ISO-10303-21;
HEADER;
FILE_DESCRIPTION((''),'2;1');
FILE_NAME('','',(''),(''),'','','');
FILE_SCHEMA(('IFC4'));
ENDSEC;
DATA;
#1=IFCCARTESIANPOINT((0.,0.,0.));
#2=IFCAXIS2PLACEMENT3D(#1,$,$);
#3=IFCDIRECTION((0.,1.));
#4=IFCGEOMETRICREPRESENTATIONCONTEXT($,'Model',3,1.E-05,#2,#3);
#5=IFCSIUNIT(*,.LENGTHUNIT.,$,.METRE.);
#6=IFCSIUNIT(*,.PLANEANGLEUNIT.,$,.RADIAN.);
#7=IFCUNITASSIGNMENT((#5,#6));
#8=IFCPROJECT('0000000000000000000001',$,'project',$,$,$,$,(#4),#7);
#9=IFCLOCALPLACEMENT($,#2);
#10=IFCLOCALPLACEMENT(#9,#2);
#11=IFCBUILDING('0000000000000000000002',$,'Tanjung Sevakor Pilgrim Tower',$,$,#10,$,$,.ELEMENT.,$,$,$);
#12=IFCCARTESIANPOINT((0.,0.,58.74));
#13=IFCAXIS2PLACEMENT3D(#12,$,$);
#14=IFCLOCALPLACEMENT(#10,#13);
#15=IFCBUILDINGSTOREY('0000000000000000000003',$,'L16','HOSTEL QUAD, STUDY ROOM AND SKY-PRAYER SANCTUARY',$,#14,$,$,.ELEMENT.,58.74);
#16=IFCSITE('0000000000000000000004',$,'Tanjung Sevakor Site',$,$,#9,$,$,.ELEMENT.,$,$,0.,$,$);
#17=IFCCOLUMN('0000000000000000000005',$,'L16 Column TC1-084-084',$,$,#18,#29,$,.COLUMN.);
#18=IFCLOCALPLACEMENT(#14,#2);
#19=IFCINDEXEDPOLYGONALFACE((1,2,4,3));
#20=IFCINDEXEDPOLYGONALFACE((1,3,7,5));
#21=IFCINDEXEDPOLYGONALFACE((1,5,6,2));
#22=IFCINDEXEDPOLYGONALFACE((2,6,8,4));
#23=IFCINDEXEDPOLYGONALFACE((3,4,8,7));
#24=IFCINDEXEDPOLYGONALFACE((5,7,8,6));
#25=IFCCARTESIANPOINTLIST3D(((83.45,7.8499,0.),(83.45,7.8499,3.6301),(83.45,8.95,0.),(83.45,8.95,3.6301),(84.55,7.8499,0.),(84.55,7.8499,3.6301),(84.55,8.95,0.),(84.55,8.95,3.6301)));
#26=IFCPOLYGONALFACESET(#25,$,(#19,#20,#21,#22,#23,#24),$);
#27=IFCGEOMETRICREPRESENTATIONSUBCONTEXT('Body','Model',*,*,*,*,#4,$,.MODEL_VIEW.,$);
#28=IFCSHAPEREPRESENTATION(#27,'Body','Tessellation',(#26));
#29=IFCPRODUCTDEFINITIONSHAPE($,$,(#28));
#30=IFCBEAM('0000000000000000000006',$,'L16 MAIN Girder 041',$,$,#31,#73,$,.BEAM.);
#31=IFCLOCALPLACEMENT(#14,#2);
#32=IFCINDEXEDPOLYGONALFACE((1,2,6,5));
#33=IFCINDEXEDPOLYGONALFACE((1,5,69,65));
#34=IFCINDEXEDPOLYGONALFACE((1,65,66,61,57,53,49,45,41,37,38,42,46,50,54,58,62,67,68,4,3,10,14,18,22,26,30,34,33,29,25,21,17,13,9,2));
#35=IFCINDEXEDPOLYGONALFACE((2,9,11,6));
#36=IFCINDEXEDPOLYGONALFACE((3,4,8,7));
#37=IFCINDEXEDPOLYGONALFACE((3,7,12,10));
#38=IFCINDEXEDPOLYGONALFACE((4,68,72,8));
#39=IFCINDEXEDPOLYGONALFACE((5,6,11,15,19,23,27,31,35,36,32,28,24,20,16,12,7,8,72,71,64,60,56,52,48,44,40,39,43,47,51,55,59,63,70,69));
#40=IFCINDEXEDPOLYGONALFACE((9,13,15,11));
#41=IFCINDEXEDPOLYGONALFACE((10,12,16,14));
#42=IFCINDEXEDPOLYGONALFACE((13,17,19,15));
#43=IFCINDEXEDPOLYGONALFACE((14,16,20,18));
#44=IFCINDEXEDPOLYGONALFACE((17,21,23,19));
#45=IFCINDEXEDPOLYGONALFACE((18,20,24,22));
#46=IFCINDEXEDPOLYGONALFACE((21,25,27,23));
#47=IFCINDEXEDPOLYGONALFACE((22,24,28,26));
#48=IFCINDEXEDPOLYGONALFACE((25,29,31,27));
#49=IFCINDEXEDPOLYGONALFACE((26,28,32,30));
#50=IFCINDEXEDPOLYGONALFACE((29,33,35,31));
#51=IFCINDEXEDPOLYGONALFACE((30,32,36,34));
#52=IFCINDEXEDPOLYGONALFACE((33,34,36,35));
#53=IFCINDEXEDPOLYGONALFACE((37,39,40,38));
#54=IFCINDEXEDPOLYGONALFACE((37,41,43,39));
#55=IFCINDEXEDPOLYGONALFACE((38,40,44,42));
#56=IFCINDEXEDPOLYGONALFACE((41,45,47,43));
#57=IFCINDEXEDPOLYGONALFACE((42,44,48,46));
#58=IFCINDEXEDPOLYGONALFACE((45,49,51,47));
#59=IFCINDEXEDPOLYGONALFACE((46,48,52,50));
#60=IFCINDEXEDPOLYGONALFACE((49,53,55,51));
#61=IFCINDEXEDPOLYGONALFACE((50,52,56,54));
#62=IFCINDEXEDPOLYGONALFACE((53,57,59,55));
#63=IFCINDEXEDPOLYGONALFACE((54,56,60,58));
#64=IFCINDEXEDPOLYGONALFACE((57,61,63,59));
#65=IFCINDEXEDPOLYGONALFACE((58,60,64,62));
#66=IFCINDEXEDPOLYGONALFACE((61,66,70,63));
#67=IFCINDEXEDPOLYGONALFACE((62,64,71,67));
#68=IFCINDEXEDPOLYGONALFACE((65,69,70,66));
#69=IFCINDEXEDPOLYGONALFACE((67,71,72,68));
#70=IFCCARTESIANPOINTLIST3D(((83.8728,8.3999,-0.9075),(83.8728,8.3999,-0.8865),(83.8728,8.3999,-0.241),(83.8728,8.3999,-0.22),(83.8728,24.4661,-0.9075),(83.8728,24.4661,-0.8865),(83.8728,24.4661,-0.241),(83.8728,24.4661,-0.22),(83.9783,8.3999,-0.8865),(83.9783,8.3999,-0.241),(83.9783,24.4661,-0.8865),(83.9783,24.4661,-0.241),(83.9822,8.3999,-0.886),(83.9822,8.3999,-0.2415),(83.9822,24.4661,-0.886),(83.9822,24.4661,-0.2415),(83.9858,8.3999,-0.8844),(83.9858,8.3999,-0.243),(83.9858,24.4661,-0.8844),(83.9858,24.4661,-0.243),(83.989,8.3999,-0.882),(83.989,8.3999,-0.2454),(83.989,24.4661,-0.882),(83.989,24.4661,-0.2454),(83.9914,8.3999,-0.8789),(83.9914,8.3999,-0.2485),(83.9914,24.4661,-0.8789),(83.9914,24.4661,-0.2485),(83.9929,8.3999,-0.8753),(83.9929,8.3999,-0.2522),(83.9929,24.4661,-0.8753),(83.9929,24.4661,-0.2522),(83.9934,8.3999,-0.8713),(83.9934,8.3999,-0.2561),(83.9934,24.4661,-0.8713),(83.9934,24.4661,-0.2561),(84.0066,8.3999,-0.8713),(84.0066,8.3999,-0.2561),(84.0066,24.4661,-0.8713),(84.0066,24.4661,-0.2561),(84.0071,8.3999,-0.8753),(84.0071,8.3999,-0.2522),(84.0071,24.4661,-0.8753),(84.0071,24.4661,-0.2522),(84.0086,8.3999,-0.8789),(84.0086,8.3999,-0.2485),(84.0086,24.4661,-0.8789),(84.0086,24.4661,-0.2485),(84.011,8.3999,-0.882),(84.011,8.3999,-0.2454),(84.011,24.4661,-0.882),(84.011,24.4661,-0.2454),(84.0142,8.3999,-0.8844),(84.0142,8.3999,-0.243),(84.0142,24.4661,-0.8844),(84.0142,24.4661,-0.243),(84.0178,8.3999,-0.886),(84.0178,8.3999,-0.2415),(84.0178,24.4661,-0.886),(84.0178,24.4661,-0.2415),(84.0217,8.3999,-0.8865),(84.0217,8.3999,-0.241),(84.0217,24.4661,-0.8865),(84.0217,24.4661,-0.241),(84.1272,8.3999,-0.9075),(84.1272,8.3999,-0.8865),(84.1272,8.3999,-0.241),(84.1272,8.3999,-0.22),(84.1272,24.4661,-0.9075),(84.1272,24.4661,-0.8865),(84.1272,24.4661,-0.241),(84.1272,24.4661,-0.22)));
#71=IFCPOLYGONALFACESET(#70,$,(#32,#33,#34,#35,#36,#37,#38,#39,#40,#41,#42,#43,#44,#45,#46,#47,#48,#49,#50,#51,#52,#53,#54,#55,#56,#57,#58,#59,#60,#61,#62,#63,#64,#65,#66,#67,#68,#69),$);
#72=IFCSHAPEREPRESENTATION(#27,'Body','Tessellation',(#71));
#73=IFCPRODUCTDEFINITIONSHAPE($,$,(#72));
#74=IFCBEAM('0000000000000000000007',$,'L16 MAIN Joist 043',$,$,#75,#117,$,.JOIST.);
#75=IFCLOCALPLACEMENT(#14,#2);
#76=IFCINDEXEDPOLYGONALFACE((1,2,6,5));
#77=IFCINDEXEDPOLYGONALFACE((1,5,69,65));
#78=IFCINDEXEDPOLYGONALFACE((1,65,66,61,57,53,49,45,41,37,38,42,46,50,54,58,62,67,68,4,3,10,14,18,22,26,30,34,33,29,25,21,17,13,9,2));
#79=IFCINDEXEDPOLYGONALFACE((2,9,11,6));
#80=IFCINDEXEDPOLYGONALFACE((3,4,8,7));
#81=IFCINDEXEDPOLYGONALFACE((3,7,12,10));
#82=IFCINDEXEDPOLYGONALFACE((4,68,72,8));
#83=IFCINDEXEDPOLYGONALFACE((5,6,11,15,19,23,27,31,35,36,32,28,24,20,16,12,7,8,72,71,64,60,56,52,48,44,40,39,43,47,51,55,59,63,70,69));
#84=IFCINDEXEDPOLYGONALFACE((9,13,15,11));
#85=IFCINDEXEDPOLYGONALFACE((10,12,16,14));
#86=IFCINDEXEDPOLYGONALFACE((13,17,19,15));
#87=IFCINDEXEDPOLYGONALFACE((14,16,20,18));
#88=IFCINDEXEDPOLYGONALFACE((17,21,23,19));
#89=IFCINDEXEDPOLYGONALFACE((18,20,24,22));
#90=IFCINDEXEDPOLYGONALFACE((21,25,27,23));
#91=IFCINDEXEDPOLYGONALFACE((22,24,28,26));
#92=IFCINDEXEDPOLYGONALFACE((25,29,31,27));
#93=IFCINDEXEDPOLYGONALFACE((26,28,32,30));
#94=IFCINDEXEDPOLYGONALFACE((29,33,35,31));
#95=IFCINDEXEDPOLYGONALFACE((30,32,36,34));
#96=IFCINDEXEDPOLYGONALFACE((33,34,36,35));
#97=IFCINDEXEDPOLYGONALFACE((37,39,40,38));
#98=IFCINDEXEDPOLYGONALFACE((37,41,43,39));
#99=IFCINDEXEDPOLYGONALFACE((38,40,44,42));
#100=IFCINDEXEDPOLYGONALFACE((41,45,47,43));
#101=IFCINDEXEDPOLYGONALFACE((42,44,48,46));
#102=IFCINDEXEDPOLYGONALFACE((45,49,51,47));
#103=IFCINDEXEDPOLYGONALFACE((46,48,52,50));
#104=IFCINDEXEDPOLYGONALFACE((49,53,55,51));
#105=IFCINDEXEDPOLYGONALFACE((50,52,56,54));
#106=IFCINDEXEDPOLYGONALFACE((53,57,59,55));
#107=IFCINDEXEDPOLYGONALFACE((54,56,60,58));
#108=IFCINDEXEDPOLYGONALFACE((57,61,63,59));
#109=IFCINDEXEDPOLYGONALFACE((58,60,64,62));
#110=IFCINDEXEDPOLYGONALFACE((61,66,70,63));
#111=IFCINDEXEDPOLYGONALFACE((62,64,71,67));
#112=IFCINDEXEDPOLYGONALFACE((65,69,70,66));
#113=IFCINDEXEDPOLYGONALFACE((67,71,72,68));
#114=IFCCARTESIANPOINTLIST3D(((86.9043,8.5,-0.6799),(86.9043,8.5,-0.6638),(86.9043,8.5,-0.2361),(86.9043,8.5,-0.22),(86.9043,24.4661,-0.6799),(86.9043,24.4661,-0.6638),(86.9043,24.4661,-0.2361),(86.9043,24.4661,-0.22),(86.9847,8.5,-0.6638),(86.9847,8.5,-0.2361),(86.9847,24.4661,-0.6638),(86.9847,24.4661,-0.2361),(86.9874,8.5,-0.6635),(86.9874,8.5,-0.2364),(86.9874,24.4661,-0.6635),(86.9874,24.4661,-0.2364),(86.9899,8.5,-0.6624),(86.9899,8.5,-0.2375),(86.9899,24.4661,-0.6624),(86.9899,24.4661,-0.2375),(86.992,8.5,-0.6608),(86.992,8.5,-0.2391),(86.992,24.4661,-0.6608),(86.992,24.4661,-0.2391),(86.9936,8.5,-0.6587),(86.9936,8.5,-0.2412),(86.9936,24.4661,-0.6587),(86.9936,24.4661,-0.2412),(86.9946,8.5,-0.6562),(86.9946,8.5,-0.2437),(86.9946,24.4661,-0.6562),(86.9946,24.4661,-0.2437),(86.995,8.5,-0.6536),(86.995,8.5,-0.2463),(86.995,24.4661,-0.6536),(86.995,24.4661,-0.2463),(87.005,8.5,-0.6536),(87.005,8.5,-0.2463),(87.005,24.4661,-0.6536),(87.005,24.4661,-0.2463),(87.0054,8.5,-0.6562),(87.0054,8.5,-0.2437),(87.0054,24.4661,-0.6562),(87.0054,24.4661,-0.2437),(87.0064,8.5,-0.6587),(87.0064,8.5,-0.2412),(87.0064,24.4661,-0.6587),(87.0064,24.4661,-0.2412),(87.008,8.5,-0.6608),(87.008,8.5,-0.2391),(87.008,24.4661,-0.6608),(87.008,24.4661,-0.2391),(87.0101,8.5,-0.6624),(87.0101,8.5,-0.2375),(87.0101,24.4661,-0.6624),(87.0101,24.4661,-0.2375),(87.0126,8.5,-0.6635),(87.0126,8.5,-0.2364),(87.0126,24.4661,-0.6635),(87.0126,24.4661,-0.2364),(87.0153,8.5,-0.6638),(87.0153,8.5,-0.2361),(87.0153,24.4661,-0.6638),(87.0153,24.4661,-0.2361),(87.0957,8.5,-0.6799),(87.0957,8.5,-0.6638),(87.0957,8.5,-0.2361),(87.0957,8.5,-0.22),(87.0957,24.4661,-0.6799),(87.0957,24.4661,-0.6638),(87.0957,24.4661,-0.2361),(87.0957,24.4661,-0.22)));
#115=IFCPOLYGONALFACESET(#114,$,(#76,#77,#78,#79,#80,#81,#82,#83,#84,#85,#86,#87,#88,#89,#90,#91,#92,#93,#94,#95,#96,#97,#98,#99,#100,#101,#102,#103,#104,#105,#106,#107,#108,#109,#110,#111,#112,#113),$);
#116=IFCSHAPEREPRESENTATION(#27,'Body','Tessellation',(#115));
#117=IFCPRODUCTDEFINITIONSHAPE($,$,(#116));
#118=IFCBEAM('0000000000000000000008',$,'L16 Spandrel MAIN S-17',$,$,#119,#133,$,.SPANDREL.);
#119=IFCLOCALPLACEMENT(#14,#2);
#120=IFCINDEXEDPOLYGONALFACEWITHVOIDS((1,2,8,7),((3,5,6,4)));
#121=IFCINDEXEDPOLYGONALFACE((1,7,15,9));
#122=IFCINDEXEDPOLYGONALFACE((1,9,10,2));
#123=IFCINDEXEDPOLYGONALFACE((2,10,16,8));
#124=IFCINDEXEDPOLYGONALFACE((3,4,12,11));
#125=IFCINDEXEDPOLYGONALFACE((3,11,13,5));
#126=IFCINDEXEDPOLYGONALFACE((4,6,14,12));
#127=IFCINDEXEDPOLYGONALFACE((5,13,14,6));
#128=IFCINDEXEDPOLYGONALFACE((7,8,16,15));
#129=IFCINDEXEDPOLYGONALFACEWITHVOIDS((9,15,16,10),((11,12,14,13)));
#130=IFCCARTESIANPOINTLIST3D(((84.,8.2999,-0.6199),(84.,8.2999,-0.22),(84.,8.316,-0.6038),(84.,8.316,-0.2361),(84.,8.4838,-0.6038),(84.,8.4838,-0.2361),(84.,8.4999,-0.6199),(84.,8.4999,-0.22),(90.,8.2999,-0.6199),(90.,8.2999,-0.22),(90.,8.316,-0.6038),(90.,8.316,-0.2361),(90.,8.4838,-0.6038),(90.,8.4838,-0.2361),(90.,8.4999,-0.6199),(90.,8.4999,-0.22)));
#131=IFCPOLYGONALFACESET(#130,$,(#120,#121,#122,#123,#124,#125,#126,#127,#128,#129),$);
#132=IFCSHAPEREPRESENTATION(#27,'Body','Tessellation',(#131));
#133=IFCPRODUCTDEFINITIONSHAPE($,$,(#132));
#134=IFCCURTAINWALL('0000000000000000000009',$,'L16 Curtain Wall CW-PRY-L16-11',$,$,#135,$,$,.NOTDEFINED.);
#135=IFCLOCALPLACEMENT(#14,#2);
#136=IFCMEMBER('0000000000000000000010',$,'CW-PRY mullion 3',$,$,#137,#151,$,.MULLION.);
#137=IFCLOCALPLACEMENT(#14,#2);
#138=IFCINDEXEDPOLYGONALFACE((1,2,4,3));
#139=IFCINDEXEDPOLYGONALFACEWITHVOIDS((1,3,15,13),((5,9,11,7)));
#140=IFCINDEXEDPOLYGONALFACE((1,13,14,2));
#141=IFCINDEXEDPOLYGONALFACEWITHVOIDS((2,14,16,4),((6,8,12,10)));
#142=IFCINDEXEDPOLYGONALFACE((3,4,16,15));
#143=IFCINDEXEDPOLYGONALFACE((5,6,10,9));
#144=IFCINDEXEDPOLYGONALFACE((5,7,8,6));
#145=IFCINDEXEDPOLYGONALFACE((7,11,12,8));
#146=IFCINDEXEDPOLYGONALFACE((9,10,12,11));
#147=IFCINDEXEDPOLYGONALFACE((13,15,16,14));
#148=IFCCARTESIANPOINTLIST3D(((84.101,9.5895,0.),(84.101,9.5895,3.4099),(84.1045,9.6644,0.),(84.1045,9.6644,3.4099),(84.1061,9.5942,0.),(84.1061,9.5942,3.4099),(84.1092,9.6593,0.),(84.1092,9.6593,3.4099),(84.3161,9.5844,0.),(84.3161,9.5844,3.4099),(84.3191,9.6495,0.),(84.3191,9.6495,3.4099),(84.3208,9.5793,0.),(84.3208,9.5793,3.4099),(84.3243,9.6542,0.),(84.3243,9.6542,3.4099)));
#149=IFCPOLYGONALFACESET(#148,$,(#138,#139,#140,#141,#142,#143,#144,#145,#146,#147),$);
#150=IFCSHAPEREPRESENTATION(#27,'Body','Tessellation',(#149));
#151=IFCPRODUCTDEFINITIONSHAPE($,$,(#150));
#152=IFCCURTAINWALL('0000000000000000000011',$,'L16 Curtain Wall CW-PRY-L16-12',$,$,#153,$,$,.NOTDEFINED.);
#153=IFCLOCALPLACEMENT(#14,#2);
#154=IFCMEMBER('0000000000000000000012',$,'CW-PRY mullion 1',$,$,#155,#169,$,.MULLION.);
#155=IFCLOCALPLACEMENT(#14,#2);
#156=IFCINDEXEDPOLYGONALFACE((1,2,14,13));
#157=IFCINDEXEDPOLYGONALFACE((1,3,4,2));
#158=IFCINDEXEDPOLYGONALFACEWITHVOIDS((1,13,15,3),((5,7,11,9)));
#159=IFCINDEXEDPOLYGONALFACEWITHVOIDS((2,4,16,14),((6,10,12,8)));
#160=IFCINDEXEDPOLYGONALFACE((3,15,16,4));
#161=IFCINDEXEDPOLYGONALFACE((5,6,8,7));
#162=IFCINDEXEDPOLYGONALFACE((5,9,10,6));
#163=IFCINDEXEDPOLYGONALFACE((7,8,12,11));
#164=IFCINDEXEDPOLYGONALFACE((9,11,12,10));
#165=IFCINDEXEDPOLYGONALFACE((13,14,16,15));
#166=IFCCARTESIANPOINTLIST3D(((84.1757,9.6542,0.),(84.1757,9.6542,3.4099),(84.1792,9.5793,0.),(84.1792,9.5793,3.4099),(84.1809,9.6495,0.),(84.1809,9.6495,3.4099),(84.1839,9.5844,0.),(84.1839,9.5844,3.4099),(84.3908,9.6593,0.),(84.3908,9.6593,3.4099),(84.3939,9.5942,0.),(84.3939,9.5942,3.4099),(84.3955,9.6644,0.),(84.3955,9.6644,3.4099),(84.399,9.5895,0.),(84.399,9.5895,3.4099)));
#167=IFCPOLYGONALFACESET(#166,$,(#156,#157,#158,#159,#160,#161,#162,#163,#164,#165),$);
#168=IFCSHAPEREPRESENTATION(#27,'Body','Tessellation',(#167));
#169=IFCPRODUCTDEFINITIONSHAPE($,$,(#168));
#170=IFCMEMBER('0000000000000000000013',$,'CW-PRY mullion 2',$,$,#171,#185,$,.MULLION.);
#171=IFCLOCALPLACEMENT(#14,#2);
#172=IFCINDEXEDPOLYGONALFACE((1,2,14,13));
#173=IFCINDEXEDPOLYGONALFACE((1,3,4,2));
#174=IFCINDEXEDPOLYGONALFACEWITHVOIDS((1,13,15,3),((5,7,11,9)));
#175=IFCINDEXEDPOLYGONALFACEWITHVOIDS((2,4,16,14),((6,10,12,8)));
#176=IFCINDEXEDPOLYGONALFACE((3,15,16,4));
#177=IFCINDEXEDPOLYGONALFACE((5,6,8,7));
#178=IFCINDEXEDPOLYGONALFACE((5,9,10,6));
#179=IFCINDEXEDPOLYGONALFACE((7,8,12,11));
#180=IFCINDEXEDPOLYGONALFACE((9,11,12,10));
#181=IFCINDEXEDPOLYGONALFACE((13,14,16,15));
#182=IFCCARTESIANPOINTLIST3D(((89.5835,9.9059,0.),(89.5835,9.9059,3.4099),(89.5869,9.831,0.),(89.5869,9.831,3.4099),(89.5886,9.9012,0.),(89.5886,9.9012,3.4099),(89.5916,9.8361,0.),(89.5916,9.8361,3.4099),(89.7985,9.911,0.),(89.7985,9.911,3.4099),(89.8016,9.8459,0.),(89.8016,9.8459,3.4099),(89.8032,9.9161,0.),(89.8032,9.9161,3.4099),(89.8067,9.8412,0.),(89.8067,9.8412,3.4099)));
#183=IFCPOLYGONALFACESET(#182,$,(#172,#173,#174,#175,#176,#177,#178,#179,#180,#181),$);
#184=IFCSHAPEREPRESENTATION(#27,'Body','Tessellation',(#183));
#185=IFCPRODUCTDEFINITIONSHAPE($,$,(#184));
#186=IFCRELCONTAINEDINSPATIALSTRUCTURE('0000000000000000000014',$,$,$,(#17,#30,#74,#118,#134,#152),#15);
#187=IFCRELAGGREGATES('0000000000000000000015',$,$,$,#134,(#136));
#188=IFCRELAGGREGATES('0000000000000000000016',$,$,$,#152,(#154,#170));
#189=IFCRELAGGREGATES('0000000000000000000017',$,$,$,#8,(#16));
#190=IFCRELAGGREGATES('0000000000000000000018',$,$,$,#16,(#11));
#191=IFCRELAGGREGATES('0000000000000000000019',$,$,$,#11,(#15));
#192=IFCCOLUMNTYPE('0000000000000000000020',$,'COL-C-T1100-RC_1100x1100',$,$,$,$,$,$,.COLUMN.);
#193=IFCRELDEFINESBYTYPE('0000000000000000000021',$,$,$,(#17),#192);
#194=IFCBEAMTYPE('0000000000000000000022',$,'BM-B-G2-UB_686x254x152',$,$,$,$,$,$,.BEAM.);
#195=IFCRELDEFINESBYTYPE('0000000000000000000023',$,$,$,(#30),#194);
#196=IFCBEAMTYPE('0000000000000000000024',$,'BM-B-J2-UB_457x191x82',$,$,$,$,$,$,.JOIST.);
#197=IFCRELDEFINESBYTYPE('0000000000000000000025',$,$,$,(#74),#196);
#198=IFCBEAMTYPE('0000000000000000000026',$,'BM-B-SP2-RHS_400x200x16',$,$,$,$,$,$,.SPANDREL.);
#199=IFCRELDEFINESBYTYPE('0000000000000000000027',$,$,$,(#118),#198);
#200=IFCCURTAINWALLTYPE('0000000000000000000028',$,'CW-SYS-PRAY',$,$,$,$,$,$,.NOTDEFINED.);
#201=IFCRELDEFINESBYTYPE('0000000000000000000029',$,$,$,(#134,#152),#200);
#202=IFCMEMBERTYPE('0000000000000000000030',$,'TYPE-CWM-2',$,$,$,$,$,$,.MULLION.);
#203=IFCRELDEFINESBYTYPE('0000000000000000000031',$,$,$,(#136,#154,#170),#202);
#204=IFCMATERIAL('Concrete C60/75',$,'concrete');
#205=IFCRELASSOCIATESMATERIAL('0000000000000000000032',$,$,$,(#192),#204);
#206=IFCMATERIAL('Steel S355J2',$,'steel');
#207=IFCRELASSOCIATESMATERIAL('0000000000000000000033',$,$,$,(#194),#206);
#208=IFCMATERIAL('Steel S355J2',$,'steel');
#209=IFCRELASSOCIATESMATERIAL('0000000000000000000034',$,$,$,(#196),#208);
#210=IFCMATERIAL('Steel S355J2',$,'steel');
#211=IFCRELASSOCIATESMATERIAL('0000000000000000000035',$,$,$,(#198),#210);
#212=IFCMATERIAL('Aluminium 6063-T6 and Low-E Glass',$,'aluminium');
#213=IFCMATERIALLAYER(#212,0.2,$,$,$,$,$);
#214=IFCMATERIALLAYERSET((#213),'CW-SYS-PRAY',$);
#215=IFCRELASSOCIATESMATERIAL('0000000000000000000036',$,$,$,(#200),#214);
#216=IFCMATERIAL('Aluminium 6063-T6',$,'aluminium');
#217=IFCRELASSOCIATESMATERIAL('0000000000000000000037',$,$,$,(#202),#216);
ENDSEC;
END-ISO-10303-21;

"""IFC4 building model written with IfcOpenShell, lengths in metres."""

from ifc_helpers import new_model, si_unit, direction, frame, origin, origin_2d, place, context, subcontext, project, spatial, rectangle, hollow_rectangle, i_section, extrude, material, layer, layer_set, material_profile, profile_set, type_object, element, aggregate, save


model = new_model("IFC4")

# Units and contexts
model_context = context("Model", 3, precision=1e-05, world=origin(), true_north=direction((0.0, 1.0)))
body_context = subcontext(model_context, "Body", "Model", "MODEL_VIEW")
ifc_project = project(units=[si_unit("LENGTHUNIT", "METRE"), si_unit("PLANEANGLEUNIT", "RADIAN")], contexts=[model_context])

# Site, building, storey
site_placement = place(None, origin())
site = spatial("IfcSite", under=ifc_project, at=site_placement, Name="Tanjung Sevakor Site", CompositionType="ELEMENT", RefElevation=0.0)
building_placement = place(site_placement, origin())
building = spatial("IfcBuilding", under=site, at=building_placement, Name="Tanjung Sevakor Pilgrim Tower", CompositionType="ELEMENT")
storey_placement = place(building_placement, frame((0.0, 0.0, 58.74)))
storey = spatial("IfcBuildingStorey", under=building, at=storey_placement, Name="L16", Description="HOSTEL QUAD, STUDY ROOM AND SKY-PRAYER SANCTUARY", CompositionType="ELEMENT", Elevation=58.74)

# Column
ifc_material_1 = material(Name="Concrete C60/75", Category="concrete")
ifc_material_profile_1 = material_profile(ifc_material_1, rectangle(XDim=1.1001, YDim=1.1001, at=origin_2d()))
ifc_profile_set_1 = profile_set([ifc_material_profile_1], Name="Concrete C60/75")
column_type = type_object("IfcColumnType", Name="COL-C-T1100-RC_1100x1100", PredefinedType="COLUMN", material=ifc_profile_set_1)
column_placement = place(storey_placement, frame((84.0, 8.3999, 0.0), z_axis=(0.0, 0.0, 1.0), x_axis=(1.0, 0.0, 0.0)))
element("IfcColumn", 1, at=column_placement, inside=storey, type_object=column_type, Name="L16 Column TC1-084-084", PredefinedType="COLUMN", context=body_context, shape_type="SweptSolid", body=[
    extrude(rectangle(XDim=1.1001, YDim=1.1001, at=origin_2d()), origin(), (0.0, 0.0, 1.0), 3.6301),
])

# Beams
ifc_material_2 = material(Name="Steel S355J2", Category="steel")
ifc_material_profile_2 = material_profile(ifc_material_2, i_section(OverallWidth=0.2544, OverallDepth=0.6875, WebThickness=0.0132, FlangeThickness=0.021, FilletRadius=0.0151, at=origin_2d()))
ifc_profile_set_2 = profile_set([ifc_material_profile_2], Name="Steel S355J2")
beam_type_1 = type_object("IfcBeamType", Name="BM-B-G2-UB_686x254x152", PredefinedType="BEAM", material=ifc_profile_set_2)
beam_1_placement = place(storey_placement, frame((84.0, 8.3999, -0.5637), z_axis=(0.0, 1.0, 0.0), x_axis=(-1.0, 0.0, 0.0)))
element("IfcBeam", 2, at=beam_1_placement, inside=storey, type_object=beam_type_1, Name="L16 MAIN Girder 041", PredefinedType="BEAM", context=body_context, shape_type="SweptSolid", body=[
    extrude(i_section(OverallWidth=0.2544, OverallDepth=0.6875, WebThickness=0.0132, FlangeThickness=0.021, FilletRadius=0.0151, at=origin_2d()), origin(), (0.0, 0.0, 1.0), 16.0662),
])
ifc_material_3 = material(Name="Steel S355J2", Category="steel")
ifc_material_profile_3 = material_profile(ifc_material_3, i_section(OverallWidth=0.1914, OverallDepth=0.46, WebThickness=0.01, FlangeThickness=0.0161, FilletRadius=0.0103, at=origin_2d()))
ifc_profile_set_3 = profile_set([ifc_material_profile_3], Name="Steel S355J2")
beam_type_2 = type_object("IfcBeamType", Name="BM-B-J2-UB_457x191x82", PredefinedType="JOIST", material=ifc_profile_set_3)
beam_2_placement = place(storey_placement, frame((87.0, 8.5, -0.45), z_axis=(0.0, 1.0, 0.0), x_axis=(-1.0, 0.0, 0.0)))
element("IfcBeam", 3, at=beam_2_placement, inside=storey, type_object=beam_type_2, Name="L16 MAIN Joist 043", PredefinedType="JOIST", context=body_context, shape_type="SweptSolid", body=[
    extrude(i_section(OverallWidth=0.1914, OverallDepth=0.46, WebThickness=0.01, FlangeThickness=0.0161, FilletRadius=0.0103, at=origin_2d()), origin(), (0.0, 0.0, 1.0), 15.9661),
])
ifc_material_4 = material(Name="Steel S355J2", Category="steel")
ifc_material_profile_4 = material_profile(ifc_material_4, hollow_rectangle(XDim=0.2, YDim=0.3999, WallThickness=0.0161, at=origin_2d()))
ifc_profile_set_4 = profile_set([ifc_material_profile_4], Name="Steel S355J2")
beam_type_3 = type_object("IfcBeamType", Name="BM-B-SP2-RHS_400x200x16", PredefinedType="SPANDREL", material=ifc_profile_set_4)
beam_3_placement = place(storey_placement, frame((84.0, 8.3999, -0.4199), z_axis=(1.0, 0.0, 0.0), x_axis=(0.0, 1.0, 0.0)))
element("IfcBeam", 4, at=beam_3_placement, inside=storey, type_object=beam_type_3, Name="L16 Spandrel MAIN S-17", PredefinedType="SPANDREL", context=body_context, shape_type="SweptSolid", body=[
    extrude(hollow_rectangle(XDim=0.2, YDim=0.3999, WallThickness=0.0161, at=origin_2d()), origin(), (0.0, 0.0, 1.0), 6.0),
])

# Curtain wall, member
ifc_material_5 = material(Name="Aluminium 6063-T6 and Low-E Glass", Category="aluminium")
ifc_layer_1 = layer(ifc_material_5, 0.2)
ifc_layer_set_1 = layer_set([ifc_layer_1], Name="CW-SYS-PRAY")
curtain_wall_type = type_object("IfcCurtainWallType", Name="CW-SYS-PRAY", PredefinedType="NOTDEFINED", material=ifc_layer_set_1)
curtain_wall_1_placement = place(storey_placement, origin())
curtain_wall_1 = element("IfcCurtainWall", 5, at=curtain_wall_1_placement, inside=storey, type_object=curtain_wall_type, Name="L16 Curtain Wall CW-PRY-L16-11", PredefinedType="NOTDEFINED")
ifc_material_6 = material(Name="Aluminium 6063-T6", Category="aluminium")
ifc_material_profile_5 = material_profile(ifc_material_6, hollow_rectangle(XDim=0.075, YDim=0.22, WallThickness=0.0049, at=origin_2d()))
ifc_profile_set_5 = profile_set([ifc_material_profile_5], Name="Aluminium 6063-T6")
member_type_1 = type_object("IfcMemberType", Name="TYPE-CWM-2", PredefinedType="MULLION", material=ifc_profile_set_5)
member_1_placement = place(storey_placement, frame((84.2126, 9.6218, 0.0), z_axis=(0.0, 0.0, 1.0), x_axis=(0.046452, 0.998921, 0.0)))
member_1 = element("IfcMember", 6, at=member_1_placement, type_object=member_type_1, Name="CW-PRY mullion 3", PredefinedType="MULLION", context=body_context, shape_type="SweptSolid", body=[
    extrude(hollow_rectangle(XDim=0.075, YDim=0.22, WallThickness=0.0049, at=origin_2d()), origin(), (0.0, 0.0, 1.0), 3.4099),
])

# Curtain wall, members
curtain_wall_2_placement = place(storey_placement, origin())
curtain_wall_2 = element("IfcCurtainWall", 7, at=curtain_wall_2_placement, inside=storey, type_object=curtain_wall_type, Name="L16 Curtain Wall CW-PRY-L16-12", PredefinedType="NOTDEFINED")
member_2_placement = place(storey_placement, frame((84.2874, 9.6218, 0.0), z_axis=(0.0, 0.0, 1.0), x_axis=(-0.04646, 0.99892, 0.0)))
member_2 = element("IfcMember", 8, at=member_2_placement, type_object=member_type_1, Name="CW-PRY mullion 1", PredefinedType="MULLION", context=body_context, shape_type="SweptSolid", body=[
    extrude(hollow_rectangle(XDim=0.075, YDim=0.22, WallThickness=0.0049, at=origin_2d()), origin(), (0.0, 0.0, 1.0), 3.4099),
])
member_3_placement = place(storey_placement, frame((89.6951, 9.8735, 0.0), z_axis=(0.0, 0.0, 1.0), x_axis=(-0.04646, 0.99892, 0.0)))
member_3 = element("IfcMember", 9, at=member_3_placement, type_object=member_type_1, Name="CW-PRY mullion 2", PredefinedType="MULLION", context=body_context, shape_type="SweptSolid", body=[
    extrude(hollow_rectangle(XDim=0.075, YDim=0.22, WallThickness=0.0049, at=origin_2d()), origin(), (0.0, 0.0, 1.0), 3.4099),
])

aggregate(curtain_wall_1, [member_1])
aggregate(curtain_wall_2, [member_2, member_3])

save(model, "model.ifc")
